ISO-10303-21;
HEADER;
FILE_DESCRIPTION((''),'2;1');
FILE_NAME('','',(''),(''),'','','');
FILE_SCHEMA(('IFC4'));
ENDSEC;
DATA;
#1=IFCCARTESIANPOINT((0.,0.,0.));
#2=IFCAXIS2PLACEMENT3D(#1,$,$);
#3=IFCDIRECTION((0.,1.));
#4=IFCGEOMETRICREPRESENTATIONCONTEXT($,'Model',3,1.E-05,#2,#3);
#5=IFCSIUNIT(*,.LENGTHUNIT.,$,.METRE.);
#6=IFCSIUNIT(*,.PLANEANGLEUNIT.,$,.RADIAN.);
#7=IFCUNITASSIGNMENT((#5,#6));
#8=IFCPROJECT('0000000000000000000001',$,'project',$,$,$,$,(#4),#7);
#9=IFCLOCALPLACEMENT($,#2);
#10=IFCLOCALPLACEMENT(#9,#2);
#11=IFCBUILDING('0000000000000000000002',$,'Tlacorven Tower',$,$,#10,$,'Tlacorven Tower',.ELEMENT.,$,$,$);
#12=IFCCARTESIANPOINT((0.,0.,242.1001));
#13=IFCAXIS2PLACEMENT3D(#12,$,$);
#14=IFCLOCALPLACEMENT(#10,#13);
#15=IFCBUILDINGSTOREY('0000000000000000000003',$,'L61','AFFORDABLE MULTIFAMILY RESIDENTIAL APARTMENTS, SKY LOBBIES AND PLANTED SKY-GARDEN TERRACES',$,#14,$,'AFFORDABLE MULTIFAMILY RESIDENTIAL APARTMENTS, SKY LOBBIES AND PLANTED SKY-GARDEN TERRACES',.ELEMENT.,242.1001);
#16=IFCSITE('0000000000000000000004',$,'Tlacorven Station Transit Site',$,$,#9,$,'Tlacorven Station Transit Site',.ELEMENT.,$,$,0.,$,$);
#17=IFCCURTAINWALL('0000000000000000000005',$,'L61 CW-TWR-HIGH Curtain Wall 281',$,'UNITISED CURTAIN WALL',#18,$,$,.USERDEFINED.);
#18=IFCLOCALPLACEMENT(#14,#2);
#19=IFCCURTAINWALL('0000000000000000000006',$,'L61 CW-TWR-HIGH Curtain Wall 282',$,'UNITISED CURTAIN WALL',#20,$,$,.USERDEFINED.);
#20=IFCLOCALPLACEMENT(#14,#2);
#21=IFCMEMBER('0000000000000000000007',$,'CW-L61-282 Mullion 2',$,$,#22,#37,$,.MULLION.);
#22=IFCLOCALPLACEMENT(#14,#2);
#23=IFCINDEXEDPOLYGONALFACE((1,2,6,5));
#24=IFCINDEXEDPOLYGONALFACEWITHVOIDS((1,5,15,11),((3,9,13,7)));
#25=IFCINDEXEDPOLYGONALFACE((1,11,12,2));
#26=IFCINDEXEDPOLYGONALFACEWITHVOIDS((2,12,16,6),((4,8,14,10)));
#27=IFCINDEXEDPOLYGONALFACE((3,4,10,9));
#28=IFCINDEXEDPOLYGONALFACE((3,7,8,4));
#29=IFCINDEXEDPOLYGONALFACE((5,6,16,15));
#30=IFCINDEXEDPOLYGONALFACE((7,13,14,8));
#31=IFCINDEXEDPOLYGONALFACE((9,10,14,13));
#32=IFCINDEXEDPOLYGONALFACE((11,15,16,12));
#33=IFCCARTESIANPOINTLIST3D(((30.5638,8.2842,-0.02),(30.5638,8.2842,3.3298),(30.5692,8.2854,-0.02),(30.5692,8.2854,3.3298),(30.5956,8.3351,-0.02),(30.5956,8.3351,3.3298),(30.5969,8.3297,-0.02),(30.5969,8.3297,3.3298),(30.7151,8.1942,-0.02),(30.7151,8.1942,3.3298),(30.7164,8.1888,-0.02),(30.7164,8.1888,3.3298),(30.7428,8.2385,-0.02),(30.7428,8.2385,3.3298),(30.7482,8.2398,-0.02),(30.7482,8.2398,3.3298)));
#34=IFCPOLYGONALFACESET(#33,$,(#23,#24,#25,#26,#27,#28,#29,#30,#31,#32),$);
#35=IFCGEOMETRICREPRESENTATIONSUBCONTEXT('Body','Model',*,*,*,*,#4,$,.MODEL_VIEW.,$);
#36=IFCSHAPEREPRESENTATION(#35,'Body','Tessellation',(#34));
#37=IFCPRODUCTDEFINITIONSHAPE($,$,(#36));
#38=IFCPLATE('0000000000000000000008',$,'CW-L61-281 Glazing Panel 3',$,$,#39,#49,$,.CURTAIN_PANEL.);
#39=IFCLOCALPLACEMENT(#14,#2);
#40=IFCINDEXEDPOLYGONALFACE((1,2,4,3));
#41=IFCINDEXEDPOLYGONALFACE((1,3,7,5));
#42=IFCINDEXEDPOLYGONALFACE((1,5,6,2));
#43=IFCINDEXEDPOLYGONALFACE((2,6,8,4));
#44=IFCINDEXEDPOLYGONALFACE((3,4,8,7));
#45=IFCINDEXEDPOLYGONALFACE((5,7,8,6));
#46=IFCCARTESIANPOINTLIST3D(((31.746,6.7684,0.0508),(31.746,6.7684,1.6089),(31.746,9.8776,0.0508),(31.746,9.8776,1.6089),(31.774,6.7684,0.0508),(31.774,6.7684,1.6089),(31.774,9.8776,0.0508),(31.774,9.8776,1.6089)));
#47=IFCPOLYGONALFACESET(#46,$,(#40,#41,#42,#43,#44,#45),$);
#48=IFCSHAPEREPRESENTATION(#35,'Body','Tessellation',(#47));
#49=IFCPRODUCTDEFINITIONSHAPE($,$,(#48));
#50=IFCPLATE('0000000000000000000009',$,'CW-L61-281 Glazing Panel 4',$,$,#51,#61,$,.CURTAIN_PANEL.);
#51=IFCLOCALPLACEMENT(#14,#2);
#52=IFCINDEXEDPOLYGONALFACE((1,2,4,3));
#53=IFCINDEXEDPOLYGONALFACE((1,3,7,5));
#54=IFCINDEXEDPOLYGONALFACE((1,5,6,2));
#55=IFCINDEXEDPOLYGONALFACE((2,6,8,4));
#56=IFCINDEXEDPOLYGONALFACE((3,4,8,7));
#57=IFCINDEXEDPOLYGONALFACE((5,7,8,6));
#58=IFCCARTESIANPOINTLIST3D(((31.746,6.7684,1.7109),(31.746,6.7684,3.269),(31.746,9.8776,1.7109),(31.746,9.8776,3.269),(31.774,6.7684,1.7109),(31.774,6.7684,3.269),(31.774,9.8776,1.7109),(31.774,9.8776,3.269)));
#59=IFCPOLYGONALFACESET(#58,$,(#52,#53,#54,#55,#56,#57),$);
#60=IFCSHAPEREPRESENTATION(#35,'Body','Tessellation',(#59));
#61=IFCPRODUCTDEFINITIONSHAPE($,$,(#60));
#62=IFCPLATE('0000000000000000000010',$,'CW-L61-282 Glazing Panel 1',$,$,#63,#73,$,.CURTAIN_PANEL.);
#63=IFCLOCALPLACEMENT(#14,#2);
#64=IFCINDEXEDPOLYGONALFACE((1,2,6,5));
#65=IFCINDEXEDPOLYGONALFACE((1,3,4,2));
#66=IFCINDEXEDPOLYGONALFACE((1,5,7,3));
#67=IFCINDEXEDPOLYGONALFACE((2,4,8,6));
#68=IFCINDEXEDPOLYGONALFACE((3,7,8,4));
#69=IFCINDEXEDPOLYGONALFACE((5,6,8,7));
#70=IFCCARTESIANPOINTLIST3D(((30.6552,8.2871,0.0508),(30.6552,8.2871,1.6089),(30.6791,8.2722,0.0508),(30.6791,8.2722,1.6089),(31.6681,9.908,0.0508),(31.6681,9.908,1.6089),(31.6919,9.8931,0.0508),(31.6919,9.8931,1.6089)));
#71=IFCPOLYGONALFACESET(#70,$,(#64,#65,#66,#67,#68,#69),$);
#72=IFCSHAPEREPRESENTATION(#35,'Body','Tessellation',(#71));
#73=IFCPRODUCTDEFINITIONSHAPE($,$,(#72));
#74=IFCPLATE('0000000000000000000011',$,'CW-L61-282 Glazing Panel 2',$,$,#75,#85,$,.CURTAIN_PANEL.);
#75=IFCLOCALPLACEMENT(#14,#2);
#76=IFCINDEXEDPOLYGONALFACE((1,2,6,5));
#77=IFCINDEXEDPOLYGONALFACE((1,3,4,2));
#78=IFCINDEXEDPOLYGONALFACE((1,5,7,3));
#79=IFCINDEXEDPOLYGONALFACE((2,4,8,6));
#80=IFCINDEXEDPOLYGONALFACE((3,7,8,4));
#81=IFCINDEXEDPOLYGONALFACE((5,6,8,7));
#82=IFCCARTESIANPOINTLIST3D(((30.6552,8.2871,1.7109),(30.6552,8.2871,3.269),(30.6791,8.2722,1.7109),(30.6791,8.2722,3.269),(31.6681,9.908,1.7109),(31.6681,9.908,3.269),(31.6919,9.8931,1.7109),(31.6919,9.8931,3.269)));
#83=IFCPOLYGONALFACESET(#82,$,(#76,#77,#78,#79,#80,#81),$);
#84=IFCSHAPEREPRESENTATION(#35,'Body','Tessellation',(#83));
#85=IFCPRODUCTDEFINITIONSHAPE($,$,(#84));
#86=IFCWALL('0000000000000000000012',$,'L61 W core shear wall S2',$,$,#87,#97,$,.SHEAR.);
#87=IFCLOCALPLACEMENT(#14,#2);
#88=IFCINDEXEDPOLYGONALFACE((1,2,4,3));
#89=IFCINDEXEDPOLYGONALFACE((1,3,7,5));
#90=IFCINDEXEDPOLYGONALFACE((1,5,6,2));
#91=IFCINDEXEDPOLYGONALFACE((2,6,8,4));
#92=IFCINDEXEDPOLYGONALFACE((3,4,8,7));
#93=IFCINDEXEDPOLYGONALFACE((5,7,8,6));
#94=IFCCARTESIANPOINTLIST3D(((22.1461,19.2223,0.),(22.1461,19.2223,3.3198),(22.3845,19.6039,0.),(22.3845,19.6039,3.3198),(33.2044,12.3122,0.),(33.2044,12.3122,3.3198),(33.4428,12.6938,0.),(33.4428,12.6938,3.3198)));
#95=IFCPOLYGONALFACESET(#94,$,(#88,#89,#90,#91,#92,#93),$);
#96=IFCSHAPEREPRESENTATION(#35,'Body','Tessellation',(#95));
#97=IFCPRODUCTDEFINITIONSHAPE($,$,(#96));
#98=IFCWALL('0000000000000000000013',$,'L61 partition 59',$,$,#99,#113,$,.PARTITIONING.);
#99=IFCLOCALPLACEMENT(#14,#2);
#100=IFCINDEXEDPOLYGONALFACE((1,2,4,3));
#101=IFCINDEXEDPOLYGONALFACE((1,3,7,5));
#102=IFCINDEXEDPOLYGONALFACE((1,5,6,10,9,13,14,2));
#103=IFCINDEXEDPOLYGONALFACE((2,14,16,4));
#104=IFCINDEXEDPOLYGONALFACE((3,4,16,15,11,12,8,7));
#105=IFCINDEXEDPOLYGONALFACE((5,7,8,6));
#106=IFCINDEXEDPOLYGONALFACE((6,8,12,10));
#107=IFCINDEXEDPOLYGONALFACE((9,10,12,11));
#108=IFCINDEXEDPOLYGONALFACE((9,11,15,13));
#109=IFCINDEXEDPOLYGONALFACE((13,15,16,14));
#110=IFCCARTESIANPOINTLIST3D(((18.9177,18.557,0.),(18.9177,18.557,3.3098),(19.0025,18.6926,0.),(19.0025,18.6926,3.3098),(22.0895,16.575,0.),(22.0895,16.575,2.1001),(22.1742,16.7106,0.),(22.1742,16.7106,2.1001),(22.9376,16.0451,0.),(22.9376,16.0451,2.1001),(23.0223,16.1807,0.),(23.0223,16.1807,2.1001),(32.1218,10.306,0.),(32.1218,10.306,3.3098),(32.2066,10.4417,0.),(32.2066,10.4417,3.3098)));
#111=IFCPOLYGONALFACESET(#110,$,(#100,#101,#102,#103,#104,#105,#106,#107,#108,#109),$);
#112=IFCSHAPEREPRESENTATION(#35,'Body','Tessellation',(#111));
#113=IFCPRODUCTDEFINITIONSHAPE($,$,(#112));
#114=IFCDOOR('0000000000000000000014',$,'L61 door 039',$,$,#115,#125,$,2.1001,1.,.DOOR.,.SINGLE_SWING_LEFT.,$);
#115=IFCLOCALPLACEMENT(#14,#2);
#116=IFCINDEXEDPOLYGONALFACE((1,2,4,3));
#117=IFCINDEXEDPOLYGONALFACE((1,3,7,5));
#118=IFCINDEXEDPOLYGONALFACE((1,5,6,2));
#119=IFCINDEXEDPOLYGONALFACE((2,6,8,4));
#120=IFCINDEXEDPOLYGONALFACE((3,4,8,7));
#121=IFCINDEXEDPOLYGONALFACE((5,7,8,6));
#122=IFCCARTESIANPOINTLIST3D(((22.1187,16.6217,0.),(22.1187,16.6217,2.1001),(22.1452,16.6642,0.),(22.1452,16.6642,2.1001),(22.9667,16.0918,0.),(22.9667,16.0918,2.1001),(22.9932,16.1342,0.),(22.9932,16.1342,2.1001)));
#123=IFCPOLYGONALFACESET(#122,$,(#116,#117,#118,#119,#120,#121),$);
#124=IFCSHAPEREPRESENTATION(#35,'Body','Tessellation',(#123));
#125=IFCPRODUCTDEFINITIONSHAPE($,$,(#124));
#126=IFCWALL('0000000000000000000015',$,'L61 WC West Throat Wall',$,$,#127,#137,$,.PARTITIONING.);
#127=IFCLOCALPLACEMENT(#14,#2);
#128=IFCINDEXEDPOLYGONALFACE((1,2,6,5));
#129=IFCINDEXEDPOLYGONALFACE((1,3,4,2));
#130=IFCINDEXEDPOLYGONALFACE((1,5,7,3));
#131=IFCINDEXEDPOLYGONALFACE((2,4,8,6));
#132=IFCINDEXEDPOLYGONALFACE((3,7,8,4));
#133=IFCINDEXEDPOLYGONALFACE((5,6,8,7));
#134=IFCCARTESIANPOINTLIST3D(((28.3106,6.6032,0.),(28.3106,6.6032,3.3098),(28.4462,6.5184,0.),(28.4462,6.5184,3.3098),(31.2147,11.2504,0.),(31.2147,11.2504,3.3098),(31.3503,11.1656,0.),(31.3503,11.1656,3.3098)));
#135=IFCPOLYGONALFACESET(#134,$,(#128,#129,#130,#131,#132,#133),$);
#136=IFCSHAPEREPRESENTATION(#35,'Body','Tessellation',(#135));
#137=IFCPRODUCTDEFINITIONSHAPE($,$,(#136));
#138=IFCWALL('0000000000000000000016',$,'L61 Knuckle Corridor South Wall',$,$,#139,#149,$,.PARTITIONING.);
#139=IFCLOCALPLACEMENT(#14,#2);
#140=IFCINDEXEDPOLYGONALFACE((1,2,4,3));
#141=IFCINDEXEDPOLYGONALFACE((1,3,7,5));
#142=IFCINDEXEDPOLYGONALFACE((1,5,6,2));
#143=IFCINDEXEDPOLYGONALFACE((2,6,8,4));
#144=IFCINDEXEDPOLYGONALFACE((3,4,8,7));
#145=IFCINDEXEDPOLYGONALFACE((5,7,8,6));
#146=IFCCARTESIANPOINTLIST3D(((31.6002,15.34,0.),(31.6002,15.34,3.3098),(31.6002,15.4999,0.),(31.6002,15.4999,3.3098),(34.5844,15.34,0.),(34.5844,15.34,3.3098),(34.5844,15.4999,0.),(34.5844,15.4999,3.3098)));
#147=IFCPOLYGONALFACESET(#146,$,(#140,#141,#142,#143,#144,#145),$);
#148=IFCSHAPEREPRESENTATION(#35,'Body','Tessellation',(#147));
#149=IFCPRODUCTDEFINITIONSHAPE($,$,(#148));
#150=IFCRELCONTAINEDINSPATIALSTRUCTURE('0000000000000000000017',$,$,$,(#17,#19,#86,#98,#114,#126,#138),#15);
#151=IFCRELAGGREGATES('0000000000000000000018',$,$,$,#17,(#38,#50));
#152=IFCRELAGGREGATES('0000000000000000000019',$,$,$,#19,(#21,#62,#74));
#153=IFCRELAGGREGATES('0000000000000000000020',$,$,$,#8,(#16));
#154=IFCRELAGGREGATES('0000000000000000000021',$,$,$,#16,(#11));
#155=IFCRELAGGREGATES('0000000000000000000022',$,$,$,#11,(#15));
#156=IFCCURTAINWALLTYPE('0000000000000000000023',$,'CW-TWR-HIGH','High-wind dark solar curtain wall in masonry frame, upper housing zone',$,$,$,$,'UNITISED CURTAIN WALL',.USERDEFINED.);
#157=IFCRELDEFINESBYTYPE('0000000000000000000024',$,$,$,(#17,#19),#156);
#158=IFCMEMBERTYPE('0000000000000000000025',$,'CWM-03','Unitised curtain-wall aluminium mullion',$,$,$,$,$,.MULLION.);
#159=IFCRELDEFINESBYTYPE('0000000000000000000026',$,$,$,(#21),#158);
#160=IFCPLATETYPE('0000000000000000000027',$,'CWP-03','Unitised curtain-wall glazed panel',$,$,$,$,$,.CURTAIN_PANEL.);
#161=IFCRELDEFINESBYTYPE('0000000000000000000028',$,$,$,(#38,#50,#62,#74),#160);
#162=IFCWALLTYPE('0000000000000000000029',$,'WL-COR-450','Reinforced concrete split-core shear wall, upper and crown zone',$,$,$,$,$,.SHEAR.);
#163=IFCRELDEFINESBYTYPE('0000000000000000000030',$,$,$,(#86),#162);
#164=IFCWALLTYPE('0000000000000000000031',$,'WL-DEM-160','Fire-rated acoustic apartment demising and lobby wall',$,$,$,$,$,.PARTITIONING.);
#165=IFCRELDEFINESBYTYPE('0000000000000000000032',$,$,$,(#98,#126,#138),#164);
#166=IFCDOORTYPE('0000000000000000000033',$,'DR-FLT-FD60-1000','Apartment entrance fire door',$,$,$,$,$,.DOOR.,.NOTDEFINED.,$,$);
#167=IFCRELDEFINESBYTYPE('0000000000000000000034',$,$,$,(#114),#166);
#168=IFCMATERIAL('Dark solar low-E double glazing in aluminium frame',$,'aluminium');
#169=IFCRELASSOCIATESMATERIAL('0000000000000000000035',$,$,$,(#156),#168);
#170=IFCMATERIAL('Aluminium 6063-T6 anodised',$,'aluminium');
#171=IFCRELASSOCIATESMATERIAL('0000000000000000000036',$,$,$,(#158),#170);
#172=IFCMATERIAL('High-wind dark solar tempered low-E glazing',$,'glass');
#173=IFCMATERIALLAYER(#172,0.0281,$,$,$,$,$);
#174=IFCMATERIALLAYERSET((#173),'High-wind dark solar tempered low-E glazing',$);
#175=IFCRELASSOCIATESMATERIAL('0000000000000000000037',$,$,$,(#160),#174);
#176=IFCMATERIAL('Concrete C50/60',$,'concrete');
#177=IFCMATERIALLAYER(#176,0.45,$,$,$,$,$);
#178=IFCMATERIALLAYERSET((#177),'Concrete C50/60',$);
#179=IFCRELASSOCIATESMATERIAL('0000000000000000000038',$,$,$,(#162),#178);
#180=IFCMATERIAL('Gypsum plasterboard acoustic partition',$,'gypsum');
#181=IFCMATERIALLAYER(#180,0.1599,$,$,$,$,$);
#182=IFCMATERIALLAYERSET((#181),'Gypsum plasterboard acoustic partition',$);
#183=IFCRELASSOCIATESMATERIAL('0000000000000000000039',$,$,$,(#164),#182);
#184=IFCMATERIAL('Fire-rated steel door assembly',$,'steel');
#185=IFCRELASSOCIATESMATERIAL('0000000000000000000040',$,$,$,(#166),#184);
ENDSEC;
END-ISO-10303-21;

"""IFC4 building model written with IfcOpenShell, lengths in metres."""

from ifc_helpers import new_model, si_unit, direction, frame, frame_2d, origin, origin_2d, place, context, subcontext, project, spatial, rectangle, hollow_rectangle, extrude, source, transform, mapped, material, layer, layer_set, material_profile, profile_set, type_object, element, fill, aggregate, save


model = new_model("IFC4")

# Units and contexts
model_context = context("Model", 3, precision=1e-05, world=origin(), true_north=direction((0.0, 1.0)))
body_context = subcontext(model_context, "Body", "Model", "MODEL_VIEW")
ifc_project = project(units=[si_unit("LENGTHUNIT", "METRE"), si_unit("PLANEANGLEUNIT", "RADIAN")], contexts=[model_context])

# Site, building, storey
site_placement = place(None, origin())
site = spatial("IfcSite", under=ifc_project, at=site_placement, Name="Tlacorven Station Transit Site", LongName="Tlacorven Station Transit Site", CompositionType="ELEMENT", RefElevation=0.0)
building_placement = place(site_placement, origin())
building = spatial("IfcBuilding", under=site, at=building_placement, Name="Tlacorven Tower", LongName="Tlacorven Tower", CompositionType="ELEMENT")
storey_placement = place(building_placement, frame((0.0, 0.0, 242.1001)))
storey = spatial("IfcBuildingStorey", under=building, at=storey_placement, Name="L61", Description="AFFORDABLE MULTIFAMILY RESIDENTIAL APARTMENTS, SKY LOBBIES AND PLANTED SKY-GARDEN TERRACES", LongName="AFFORDABLE MULTIFAMILY RESIDENTIAL APARTMENTS, SKY LOBBIES AND PLANTED SKY-GARDEN TERRACES", CompositionType="ELEMENT", Elevation=242.1001)

# Curtain wall
ifc_material_1 = material(Name="Dark solar low-E double glazing in aluminium frame", Category="aluminium")
curtain_wall_type = type_object("IfcCurtainWallType", Name="CW-TWR-HIGH", Description="High-wind dark solar curtain wall in masonry frame, upper housing zone", ElementType="UNITISED CURTAIN WALL", PredefinedType="USERDEFINED", material=ifc_material_1)
curtain_wall_1_placement = place(storey_placement, origin())
curtain_wall_1 = element("IfcCurtainWall", 1, at=curtain_wall_1_placement, inside=storey, type_object=curtain_wall_type, Name="L61 CW-TWR-HIGH Curtain Wall 281", ObjectType="UNITISED CURTAIN WALL", PredefinedType="USERDEFINED")
ifc_material_2 = material(Name="Aluminium 6063-T6 anodised", Category="aluminium")

# Curtain wall
curtain_wall_2_placement = place(storey_placement, origin())
curtain_wall_2 = element("IfcCurtainWall", 2, at=curtain_wall_2_placement, inside=storey, type_object=curtain_wall_type, Name="L61 CW-TWR-HIGH Curtain Wall 282", ObjectType="UNITISED CURTAIN WALL", PredefinedType="USERDEFINED")

# Member
ifc_material_profile_1 = material_profile(ifc_material_2, hollow_rectangle(XDim=0.0601, YDim=0.1799, WallThickness=0.0039, at=origin_2d()), Name="ALU MULLION 60X180")
ifc_profile_set_1 = profile_set([ifc_material_profile_1], Name="Aluminium 6063-T6 anodised")
member_type_1 = type_object("IfcMemberType", Name="CWM-03", Description="Unitised curtain-wall aluminium mullion", PredefinedType="MULLION", material=ifc_profile_set_1)
shared_shape_1 = source(origin(), body_context, "Body", "SweptSolid", [
    extrude(hollow_rectangle(XDim=0.0601, YDim=0.1799, WallThickness=0.0039, at=origin_2d()), origin(), (0.0, 0.0, 1.0), 3.3499),
])
member_1_placement = place(storey_placement, frame((30.656, 8.262, -0.02), z_axis=(0.0, 0.0, 1.0), x_axis=(-0.529919, -0.848048, 0.0)))
member_1 = element("IfcMember", 3, at=member_1_placement, type_object=member_type_1, Name="CW-L61-282 Mullion 2", PredefinedType="MULLION", context=body_context, shape_type="MappedRepresentation", body=[
    mapped(shared_shape_1, transform((0.0, 0.0, 0.0), scale=1.0)),
])

# Plates
ifc_material_3 = material(Name="High-wind dark solar tempered low-E glazing", Category="glass")
ifc_layer_1 = layer(ifc_material_3, 0.0281)
ifc_layer_set_1 = layer_set([ifc_layer_1], Name="High-wind dark solar tempered low-E glazing")
plate_type = type_object("IfcPlateType", Name="CWP-03", Description="Unitised curtain-wall glazed panel", PredefinedType="CURTAIN_PANEL", material=ifc_layer_set_1)
shared_shape_2 = source(origin(), body_context, "Body", "SweptSolid", [
    extrude(rectangle(XDim=3.1091, YDim=0.0281, at=origin_2d()), origin(), (0.0, 0.0, 1.0), 1.5581),
])
plate_1_placement = place(storey_placement, frame((31.76, 8.323, 0.0508), z_axis=(0.0, 0.0, 1.0), x_axis=(0.0, 1.0, 0.0)))
plate_1 = element("IfcPlate", 4, at=plate_1_placement, type_object=plate_type, Name="CW-L61-281 Glazing Panel 3", PredefinedType="CURTAIN_PANEL", context=body_context, shape_type="MappedRepresentation", body=[
    mapped(shared_shape_2, transform((0.0, 0.0, 0.0), scale=1.0)),
])
plate_2_placement = place(storey_placement, frame((31.76, 8.323, 1.7109), z_axis=(0.0, 0.0, 1.0), x_axis=(0.0, 1.0, 0.0)))
plate_2 = element("IfcPlate", 5, at=plate_2_placement, type_object=plate_type, Name="CW-L61-281 Glazing Panel 4", PredefinedType="CURTAIN_PANEL", context=body_context, shape_type="MappedRepresentation", body=[
    mapped(shared_shape_2, transform((0.0, 0.0, 0.0), scale=1.0)),
])
aggregate(curtain_wall_1, [plate_1, plate_2])
shared_shape_3 = source(origin(), body_context, "Body", "SweptSolid", [
    extrude(rectangle(XDim=1.9114, YDim=0.0281, at=origin_2d()), origin(), (0.0, 0.0, 1.0), 1.5581),
])
plate_3_placement = place(storey_placement, frame((31.1736, 9.0901, 0.0508), z_axis=(0.0, 0.0, 1.0), x_axis=(-0.529919, -0.848048, 0.0)))
plate_3 = element("IfcPlate", 6, at=plate_3_placement, type_object=plate_type, Name="CW-L61-282 Glazing Panel 1", PredefinedType="CURTAIN_PANEL", context=body_context, shape_type="MappedRepresentation", body=[
    mapped(shared_shape_3, transform((0.0, 0.0, 0.0), scale=1.0)),
])
plate_4_placement = place(storey_placement, frame((31.1736, 9.0901, 1.7109), z_axis=(0.0, 0.0, 1.0), x_axis=(-0.529919, -0.848048, 0.0)))
plate_4 = element("IfcPlate", 7, at=plate_4_placement, type_object=plate_type, Name="CW-L61-282 Glazing Panel 2", PredefinedType="CURTAIN_PANEL", context=body_context, shape_type="MappedRepresentation", body=[
    mapped(shared_shape_3, transform((0.0, 0.0, 0.0), scale=1.0)),
])
aggregate(curtain_wall_2, [member_1, plate_3, plate_4])

# Wall
ifc_material_4 = material(Name="Concrete C50/60", Category="concrete")
ifc_layer_2 = layer(ifc_material_4, 0.45)
ifc_layer_set_2 = layer_set([ifc_layer_2], Name="Concrete C50/60")
wall_type_1 = type_object("IfcWallType", Name="WL-COR-450", Description="Reinforced concrete split-core shear wall, upper and crown zone", PredefinedType="SHEAR", material=ifc_layer_set_2)
wall_1_placement = place(storey_placement, frame((33.3237, 12.5029, 0.0), z_axis=(0.0, 0.0, 1.0), x_axis=(-0.848044, 0.529927, 0.0)))
element("IfcWall", 8, at=wall_1_placement, inside=storey, type_object=wall_type_1, Name="L61 W core shear wall S2", PredefinedType="SHEAR", context=body_context, shape_type="SweptSolid", body=[
    extrude(rectangle(XDim=13.0398, YDim=0.45, at=frame_2d((6.52, 0.0))), origin(), (0.0, 0.0, 1.0), 3.3198),
])

# Wall, opening, door
ifc_material_5 = material(Name="Gypsum plasterboard acoustic partition", Category="gypsum")
ifc_layer_3 = layer(ifc_material_5, 0.1599)
ifc_layer_set_3 = layer_set([ifc_layer_3], Name="Gypsum plasterboard acoustic partition")
wall_type_2 = type_object("IfcWallType", Name="WL-DEM-160", Description="Fire-rated acoustic apartment demising and lobby wall", PredefinedType="PARTITIONING", material=ifc_layer_set_3)
wall_2_placement = place(storey_placement, frame((32.1643, 10.3738, 0.0), z_axis=(0.0, 0.0, 1.0), x_axis=(-0.848044, 0.529926, 0.0)))
wall_2 = element("IfcWall", 9, at=wall_2_placement, inside=storey, type_object=wall_type_2, Name="L61 partition 59", PredefinedType="PARTITIONING", context=body_context, shape_type="SweptSolid", body=[
    extrude(rectangle(XDim=15.5701, YDim=0.1599, at=frame_2d((7.7852, 0.0))), origin(), (0.0, 0.0, 1.0), 3.3098),
])
opening_1_placement = place(wall_2_placement, frame((10.8301, 0.0, 0.0)))
opening_1 = element("IfcOpeningElement", 10, at=opening_1_placement, cuts=wall_2, PredefinedType="OPENING", context=body_context, shape_type="SweptSolid", body=[
    extrude(rectangle(XDim=1.0, YDim=2.1001, at=frame_2d((0.5, 1.05))), frame((0.0, 0.0898, 0.0), z_axis=(0.0, -1.0, 0.0), x_axis=(1.0, 0.0, 0.0)), (0.0, 0.0, 1.0), 0.1799),
])
ifc_material_6 = material(Name="Fire-rated steel door assembly", Category="steel")
door_type_1 = type_object("IfcDoorType", Name="DR-FLT-FD60-1000", Description="Apartment entrance fire door", OperationType="NOTDEFINED", PredefinedType="DOOR", material=ifc_material_6)
shared_shape_4 = source(origin(), body_context, "Body", "SweptSolid", [
    extrude(rectangle(XDim=1.0, YDim=2.1001, at=frame_2d((0.5, 1.05))), frame((0.0, 0.0249, 0.0), z_axis=(0.0, -1.0, 0.0), x_axis=(1.0, 0.0, 0.0)), (0.0, 0.0, 1.0), 0.05),
])
door_1_placement = place(opening_1_placement, origin())
door_1 = element("IfcDoor", 11, at=door_1_placement, inside=storey, type_object=door_type_1, Name="L61 door 039", OperationType="SINGLE_SWING_LEFT", OverallHeight=2.1001, OverallWidth=1.0, PredefinedType="DOOR", context=body_context, shape_type="MappedRepresentation", body=[
    mapped(shared_shape_4, transform((0.0, 0.0, 0.0), scale=1.0)),
])
fill(opening_1, door_1)

# Walls
wall_3_placement = place(storey_placement, frame((31.2825, 11.208, 0.0), z_axis=(0.0, 0.0, 1.0), x_axis=(-0.529939, -0.848036, 0.0)))
element("IfcWall", 12, at=wall_3_placement, inside=storey, type_object=wall_type_2, Name="L61 WC West Throat Wall", PredefinedType="PARTITIONING", context=body_context, shape_type="SweptSolid", body=[
    extrude(rectangle(XDim=5.48, YDim=0.1599, at=frame_2d((2.74, 0.0))), origin(), (0.0, 0.0, 1.0), 3.3098),
])
wall_4_placement = place(storey_placement, frame((31.6001, 15.4199, 0.0), z_axis=(0.0, 0.0, 1.0), x_axis=(1.0, 0.0, 0.0)))
element("IfcWall", 13, at=wall_4_placement, inside=storey, type_object=wall_type_2, Name="L61 Knuckle Corridor South Wall", PredefinedType="PARTITIONING", context=body_context, shape_type="SweptSolid", body=[
    extrude(rectangle(XDim=2.9841, YDim=0.1599, at=frame_2d((1.4922, 0.0))), origin(), (0.0, 0.0, 1.0), 3.3098),
])

save(model, "model.ifc")
